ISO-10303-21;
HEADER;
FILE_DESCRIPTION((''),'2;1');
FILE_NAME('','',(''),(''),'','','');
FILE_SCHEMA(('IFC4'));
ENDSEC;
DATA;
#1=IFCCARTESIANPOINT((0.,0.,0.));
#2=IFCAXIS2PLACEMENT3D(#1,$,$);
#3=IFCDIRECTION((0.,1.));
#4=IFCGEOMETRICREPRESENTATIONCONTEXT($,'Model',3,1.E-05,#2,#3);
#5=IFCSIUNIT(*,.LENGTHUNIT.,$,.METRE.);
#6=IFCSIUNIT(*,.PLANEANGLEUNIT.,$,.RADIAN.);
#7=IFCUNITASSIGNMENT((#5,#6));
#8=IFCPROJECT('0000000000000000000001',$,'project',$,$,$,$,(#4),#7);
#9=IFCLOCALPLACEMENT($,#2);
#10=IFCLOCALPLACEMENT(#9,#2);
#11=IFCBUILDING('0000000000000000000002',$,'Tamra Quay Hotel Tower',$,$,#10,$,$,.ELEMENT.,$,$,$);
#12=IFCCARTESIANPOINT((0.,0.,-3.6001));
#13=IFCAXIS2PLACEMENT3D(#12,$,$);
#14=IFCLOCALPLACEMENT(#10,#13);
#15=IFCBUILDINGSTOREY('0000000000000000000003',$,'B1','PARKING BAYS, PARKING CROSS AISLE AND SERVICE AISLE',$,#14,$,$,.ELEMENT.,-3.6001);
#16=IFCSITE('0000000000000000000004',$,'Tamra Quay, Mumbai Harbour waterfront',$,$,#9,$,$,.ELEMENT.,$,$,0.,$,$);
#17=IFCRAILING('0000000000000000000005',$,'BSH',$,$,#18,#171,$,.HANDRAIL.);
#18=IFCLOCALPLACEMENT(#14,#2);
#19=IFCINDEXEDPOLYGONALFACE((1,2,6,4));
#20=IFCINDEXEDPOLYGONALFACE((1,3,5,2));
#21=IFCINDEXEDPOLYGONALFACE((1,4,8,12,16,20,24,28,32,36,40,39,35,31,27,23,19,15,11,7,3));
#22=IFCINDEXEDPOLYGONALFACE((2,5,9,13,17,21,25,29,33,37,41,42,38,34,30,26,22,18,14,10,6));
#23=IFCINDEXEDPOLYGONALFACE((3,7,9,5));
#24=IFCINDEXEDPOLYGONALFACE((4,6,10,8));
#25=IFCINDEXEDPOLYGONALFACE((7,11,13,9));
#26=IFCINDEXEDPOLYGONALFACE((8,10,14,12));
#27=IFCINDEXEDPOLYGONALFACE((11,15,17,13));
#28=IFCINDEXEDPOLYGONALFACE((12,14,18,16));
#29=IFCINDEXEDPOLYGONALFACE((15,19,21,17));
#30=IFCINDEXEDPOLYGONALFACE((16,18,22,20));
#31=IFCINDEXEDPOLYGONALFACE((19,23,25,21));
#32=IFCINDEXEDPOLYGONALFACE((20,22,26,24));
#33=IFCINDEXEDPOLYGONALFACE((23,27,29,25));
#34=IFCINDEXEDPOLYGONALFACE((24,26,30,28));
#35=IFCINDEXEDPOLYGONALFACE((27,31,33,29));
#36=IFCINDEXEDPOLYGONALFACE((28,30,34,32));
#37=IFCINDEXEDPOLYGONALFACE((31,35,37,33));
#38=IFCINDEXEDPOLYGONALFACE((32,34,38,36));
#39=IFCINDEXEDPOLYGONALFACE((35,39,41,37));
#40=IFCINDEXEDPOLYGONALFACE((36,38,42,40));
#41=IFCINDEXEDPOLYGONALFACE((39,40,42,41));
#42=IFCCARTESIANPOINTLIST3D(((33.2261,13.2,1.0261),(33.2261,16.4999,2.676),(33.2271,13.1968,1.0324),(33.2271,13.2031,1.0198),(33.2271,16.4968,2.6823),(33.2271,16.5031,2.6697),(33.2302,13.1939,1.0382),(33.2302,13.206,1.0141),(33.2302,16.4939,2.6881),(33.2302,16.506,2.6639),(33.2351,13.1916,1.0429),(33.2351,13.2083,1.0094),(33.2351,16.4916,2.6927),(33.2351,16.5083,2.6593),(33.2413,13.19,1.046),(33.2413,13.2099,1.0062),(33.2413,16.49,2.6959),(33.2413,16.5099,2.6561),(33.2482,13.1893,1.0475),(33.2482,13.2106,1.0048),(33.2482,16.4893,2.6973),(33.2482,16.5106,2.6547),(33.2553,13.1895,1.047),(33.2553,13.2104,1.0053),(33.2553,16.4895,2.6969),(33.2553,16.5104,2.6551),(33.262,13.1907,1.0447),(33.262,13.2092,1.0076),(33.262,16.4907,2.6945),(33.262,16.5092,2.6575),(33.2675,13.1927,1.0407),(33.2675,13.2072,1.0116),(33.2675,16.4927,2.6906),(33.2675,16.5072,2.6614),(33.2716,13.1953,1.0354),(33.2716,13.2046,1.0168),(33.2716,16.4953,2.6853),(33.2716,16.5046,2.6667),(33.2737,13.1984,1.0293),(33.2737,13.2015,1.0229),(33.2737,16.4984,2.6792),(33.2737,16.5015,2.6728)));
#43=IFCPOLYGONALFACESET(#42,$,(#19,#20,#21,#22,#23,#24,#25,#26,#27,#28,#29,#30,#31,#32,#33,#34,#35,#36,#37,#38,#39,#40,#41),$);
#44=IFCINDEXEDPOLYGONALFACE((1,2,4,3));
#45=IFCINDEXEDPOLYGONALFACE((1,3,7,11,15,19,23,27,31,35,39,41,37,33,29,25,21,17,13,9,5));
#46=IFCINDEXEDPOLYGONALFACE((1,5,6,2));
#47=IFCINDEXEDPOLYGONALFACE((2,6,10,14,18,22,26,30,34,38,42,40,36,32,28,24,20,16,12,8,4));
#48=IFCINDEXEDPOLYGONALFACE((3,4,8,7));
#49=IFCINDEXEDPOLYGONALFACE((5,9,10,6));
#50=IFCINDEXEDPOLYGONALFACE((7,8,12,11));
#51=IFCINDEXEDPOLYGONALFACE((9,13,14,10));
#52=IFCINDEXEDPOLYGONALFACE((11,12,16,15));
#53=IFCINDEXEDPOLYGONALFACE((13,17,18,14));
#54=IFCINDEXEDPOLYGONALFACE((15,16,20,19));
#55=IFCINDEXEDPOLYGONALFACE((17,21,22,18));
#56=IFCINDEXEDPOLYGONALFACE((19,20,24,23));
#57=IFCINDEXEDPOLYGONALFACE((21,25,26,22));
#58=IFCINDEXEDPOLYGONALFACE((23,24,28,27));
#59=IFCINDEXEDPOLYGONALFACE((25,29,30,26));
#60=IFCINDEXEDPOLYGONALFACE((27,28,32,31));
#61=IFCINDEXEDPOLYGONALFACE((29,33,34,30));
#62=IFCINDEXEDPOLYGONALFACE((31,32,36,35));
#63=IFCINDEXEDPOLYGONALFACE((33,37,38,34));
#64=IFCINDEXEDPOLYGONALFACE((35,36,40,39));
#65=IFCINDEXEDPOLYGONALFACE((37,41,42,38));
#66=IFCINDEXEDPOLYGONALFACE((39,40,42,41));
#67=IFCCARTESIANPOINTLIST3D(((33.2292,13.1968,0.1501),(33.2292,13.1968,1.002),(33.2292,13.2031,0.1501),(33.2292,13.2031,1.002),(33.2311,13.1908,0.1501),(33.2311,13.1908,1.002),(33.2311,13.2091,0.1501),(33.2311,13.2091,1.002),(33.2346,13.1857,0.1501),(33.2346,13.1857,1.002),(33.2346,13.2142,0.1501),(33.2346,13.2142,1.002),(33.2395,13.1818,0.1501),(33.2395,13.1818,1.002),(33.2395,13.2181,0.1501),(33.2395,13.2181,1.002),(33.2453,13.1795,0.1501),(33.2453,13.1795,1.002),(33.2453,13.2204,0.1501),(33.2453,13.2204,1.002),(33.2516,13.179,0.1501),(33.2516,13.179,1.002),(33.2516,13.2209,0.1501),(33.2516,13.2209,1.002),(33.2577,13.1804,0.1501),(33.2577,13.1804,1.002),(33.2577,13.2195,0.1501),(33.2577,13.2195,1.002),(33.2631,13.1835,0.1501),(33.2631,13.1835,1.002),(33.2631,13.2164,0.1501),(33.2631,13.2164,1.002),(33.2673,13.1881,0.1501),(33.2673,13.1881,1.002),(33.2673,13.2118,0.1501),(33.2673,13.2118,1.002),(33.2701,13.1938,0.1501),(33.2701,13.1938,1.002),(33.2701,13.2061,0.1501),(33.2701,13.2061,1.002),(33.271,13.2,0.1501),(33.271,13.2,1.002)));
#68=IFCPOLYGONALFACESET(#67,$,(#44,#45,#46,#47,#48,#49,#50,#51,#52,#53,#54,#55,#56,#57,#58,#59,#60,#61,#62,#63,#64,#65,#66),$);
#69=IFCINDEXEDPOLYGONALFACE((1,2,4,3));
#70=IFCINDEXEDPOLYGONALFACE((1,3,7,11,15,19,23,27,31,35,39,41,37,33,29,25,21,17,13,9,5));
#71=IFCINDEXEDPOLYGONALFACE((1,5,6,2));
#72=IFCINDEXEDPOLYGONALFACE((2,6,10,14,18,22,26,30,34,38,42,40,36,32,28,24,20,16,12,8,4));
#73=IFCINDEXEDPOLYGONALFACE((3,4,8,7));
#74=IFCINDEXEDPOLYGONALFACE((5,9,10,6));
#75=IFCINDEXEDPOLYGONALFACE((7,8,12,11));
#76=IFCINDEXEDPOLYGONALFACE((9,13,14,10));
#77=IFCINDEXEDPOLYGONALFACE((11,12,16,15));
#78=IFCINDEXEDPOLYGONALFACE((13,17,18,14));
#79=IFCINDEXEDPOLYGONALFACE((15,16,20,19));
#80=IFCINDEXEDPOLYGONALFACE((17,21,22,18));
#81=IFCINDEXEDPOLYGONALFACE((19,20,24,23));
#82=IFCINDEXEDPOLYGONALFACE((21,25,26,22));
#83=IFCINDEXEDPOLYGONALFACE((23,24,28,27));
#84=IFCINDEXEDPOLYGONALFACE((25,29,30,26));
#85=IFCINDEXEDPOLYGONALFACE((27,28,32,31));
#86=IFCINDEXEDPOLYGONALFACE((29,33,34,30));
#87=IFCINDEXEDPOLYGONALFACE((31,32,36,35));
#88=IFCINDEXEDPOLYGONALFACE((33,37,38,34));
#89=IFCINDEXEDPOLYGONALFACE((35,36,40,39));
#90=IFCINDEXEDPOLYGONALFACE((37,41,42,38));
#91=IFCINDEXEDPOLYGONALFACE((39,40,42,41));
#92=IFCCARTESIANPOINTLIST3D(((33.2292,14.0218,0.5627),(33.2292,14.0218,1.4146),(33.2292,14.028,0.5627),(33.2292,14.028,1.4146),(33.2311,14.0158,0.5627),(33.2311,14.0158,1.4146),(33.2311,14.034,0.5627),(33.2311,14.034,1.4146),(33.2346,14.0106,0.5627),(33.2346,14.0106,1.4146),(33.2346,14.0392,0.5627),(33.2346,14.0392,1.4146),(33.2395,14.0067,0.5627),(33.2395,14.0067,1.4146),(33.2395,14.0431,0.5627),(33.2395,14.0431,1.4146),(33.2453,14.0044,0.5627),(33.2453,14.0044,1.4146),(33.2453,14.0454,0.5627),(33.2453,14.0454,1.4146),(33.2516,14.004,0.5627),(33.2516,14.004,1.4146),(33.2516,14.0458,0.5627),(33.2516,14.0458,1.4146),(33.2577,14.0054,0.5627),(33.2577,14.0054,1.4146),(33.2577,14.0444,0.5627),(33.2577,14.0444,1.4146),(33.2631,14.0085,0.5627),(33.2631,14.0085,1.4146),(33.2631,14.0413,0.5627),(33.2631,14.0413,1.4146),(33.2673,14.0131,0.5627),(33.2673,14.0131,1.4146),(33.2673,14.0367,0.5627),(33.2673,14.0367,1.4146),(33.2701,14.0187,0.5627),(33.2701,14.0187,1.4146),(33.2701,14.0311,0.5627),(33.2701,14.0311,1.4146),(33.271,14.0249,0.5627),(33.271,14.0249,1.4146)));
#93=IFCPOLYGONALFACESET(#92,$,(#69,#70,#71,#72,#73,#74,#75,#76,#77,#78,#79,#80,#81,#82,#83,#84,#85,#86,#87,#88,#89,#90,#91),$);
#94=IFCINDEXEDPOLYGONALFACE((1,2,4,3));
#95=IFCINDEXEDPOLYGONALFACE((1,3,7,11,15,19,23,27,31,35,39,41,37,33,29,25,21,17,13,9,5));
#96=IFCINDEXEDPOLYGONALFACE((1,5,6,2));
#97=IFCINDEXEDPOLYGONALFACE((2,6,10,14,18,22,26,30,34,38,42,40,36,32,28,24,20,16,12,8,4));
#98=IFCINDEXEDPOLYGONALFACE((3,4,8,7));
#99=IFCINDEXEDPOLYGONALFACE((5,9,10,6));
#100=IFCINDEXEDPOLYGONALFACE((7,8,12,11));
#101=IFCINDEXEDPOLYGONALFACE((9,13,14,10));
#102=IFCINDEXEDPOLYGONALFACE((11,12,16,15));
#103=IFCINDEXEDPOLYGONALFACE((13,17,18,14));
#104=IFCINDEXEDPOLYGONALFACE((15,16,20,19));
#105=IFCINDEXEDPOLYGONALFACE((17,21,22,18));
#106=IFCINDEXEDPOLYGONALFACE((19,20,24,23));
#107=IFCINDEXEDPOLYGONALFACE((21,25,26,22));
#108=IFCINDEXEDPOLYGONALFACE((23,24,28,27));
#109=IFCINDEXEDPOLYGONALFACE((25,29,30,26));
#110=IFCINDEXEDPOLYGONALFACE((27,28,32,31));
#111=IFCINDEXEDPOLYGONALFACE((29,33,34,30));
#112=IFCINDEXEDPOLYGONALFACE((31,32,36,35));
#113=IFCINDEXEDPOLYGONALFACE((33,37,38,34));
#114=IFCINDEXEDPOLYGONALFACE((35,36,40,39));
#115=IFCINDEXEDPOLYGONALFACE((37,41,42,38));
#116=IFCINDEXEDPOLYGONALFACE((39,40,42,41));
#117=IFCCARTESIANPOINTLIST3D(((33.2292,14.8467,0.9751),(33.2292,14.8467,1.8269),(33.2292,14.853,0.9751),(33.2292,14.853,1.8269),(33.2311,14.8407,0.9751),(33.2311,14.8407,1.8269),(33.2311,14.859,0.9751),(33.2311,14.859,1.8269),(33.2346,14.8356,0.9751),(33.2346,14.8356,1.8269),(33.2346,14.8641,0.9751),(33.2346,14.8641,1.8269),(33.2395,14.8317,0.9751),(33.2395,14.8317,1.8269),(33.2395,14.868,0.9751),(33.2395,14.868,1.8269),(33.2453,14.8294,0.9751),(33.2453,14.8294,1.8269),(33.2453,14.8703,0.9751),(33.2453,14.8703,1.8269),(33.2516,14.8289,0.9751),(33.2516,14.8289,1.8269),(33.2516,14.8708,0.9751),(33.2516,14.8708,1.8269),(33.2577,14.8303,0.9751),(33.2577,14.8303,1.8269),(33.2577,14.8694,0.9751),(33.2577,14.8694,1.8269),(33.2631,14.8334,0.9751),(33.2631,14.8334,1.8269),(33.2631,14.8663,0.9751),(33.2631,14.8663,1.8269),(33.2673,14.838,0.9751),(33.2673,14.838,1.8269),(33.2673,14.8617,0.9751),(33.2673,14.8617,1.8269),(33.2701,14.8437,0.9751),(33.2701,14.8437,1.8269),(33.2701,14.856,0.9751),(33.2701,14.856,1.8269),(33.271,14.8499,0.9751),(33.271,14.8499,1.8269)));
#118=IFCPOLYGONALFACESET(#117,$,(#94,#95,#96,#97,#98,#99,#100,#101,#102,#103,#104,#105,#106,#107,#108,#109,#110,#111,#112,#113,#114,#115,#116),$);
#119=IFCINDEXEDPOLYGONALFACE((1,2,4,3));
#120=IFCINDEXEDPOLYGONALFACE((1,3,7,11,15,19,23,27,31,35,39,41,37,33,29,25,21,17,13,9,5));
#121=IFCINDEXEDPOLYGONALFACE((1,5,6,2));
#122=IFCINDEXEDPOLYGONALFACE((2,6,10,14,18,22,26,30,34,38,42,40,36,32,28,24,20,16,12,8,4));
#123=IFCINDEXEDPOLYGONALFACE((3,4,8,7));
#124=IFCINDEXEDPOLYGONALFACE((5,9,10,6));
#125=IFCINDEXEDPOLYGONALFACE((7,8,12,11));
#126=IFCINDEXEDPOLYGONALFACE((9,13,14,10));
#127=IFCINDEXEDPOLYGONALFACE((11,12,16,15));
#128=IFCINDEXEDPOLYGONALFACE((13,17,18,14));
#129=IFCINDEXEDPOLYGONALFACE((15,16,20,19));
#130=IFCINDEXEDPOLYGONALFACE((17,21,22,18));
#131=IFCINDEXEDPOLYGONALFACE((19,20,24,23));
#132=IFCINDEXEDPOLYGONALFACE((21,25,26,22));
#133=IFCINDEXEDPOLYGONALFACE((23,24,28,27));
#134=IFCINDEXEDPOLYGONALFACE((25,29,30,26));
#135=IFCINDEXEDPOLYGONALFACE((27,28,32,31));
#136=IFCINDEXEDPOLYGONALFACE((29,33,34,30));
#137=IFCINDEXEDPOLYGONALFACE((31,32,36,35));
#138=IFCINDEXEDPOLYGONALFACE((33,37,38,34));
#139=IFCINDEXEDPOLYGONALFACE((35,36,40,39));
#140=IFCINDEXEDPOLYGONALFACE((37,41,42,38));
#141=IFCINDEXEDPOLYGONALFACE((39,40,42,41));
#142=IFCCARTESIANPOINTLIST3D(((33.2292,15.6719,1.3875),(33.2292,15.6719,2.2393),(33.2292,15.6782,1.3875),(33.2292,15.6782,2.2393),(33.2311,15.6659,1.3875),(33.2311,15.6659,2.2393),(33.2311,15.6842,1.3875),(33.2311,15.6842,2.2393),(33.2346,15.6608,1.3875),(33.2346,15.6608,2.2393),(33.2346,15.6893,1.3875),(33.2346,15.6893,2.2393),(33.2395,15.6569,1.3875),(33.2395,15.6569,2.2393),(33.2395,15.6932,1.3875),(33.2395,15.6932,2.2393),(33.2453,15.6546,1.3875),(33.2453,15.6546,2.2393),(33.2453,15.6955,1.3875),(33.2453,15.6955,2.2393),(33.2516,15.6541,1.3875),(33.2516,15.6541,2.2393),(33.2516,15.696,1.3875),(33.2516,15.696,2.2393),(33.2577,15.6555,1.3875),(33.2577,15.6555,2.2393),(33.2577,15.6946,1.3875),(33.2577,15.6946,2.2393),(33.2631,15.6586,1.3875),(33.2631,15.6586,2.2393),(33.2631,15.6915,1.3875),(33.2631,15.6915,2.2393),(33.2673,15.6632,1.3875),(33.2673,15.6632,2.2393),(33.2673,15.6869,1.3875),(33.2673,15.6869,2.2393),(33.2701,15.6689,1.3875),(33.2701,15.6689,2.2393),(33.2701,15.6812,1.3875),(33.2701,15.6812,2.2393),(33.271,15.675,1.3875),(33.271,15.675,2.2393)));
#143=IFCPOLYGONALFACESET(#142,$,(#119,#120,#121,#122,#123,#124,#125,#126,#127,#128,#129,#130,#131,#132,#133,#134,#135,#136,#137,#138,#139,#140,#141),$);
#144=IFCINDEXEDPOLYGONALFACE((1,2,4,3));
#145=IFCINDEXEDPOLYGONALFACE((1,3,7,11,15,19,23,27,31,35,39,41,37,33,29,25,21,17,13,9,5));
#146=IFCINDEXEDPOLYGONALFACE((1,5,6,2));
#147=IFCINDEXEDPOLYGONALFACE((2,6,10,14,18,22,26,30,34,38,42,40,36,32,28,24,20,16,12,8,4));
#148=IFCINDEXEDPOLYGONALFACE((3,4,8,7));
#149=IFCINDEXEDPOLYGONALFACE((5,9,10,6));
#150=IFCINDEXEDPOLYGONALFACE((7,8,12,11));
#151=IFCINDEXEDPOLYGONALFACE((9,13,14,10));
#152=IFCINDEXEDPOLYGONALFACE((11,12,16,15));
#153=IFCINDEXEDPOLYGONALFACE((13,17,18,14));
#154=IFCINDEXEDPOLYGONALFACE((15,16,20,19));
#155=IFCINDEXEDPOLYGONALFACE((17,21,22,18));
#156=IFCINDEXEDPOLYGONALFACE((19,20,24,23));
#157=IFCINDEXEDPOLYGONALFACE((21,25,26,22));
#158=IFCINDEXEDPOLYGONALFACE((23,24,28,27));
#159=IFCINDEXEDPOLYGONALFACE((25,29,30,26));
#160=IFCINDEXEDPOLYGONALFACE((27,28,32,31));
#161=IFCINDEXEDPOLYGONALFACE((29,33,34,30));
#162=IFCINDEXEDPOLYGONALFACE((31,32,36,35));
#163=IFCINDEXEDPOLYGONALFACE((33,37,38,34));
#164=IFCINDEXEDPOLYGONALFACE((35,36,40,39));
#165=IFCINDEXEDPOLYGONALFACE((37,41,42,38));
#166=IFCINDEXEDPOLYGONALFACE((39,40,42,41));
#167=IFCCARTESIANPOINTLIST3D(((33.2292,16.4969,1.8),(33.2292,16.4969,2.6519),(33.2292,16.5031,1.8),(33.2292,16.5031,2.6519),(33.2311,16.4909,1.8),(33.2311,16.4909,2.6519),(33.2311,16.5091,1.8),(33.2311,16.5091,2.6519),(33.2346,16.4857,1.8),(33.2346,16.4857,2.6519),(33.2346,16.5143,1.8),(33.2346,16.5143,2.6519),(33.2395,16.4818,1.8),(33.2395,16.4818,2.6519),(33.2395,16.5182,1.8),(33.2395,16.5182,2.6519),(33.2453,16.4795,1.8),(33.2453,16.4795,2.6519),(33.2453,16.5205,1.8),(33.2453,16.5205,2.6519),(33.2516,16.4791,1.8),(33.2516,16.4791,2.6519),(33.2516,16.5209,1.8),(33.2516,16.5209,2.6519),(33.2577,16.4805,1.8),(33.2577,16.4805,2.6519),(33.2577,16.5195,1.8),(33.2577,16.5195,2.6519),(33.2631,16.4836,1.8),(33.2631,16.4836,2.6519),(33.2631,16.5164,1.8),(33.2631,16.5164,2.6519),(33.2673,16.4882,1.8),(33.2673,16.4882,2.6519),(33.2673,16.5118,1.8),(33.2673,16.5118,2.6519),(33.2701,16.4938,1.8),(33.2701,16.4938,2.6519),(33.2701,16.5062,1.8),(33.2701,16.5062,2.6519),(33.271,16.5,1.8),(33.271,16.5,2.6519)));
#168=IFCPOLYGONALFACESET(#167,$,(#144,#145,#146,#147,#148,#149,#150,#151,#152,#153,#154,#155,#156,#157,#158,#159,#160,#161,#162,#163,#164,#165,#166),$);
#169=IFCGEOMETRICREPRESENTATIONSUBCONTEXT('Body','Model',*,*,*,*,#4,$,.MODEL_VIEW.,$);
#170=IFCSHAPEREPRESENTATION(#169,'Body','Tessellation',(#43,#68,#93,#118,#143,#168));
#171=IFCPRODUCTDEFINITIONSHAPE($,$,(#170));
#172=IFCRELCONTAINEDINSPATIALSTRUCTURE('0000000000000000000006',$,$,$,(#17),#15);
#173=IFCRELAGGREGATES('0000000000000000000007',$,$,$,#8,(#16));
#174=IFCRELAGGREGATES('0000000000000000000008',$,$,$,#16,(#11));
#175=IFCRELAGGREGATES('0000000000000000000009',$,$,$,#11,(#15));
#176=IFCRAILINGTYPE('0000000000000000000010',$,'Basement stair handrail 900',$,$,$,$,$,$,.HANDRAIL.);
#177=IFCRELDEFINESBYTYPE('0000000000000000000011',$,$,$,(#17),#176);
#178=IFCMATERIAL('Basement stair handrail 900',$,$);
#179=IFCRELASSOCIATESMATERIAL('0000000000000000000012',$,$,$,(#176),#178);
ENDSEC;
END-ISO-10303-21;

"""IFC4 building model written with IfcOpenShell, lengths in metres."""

from ifc_helpers import new_model, si_unit, direction, frame, origin, origin_2d, place, context, subcontext, project, spatial, circle, extrude, material, type_object, element, save


model = new_model("IFC4")

# Units and contexts
model_context = context("Model", 3, precision=1e-05, world=origin(), true_north=direction((0.0, 1.0)))
body_context = subcontext(model_context, "Body", "Model", "MODEL_VIEW")
ifc_project = project(units=[si_unit("LENGTHUNIT", "METRE"), si_unit("PLANEANGLEUNIT", "RADIAN")], contexts=[model_context])

# Site, building, storey
site_placement = place(None, origin())
site = spatial("IfcSite", under=ifc_project, at=site_placement, Name="Tamra Quay, Mumbai Harbour waterfront", CompositionType="ELEMENT", RefElevation=0.0)
building_placement = place(site_placement, origin())
building = spatial("IfcBuilding", under=site, at=building_placement, Name="Tamra Quay Hotel Tower", CompositionType="ELEMENT")
storey_placement = place(building_placement, frame((0.0, 0.0, -3.6001)))
storey = spatial("IfcBuildingStorey", under=building, at=storey_placement, Name="B1", Description="PARKING BAYS, PARKING CROSS AISLE AND SERVICE AISLE", CompositionType="ELEMENT", Elevation=-3.6001)

# Railing
ifc_material_1 = material(Name="Basement stair handrail 900")
railing_type_1 = type_object("IfcRailingType", Name="Basement stair handrail 900", PredefinedType="HANDRAIL", material=ifc_material_1)
railing_1_placement = place(storey_placement, frame((33.25, 13.2, 0.1501)))
element("IfcRailing", 1, at=railing_1_placement, inside=storey, type_object=railing_type_1, Name="BSH", PredefinedType="HANDRAIL", context=body_context, shape_type="SweptSolid", body=[
    extrude(circle(Radius=0.0239, at=origin_2d()), frame((0.0, 0.0, 0.876), z_axis=(0.0, 0.89444, 0.447187), x_axis=(-1.0, 0.0, 0.0)), (0.0, 0.0, 1.0), 3.6895),
    extrude(circle(Radius=0.021, at=origin_2d()), origin(), (0.0, 0.0, 1.0), 0.8518),
    extrude(circle(Radius=0.021, at=origin_2d()), frame((0.0, 0.825, 0.4126)), (0.0, 0.0, 1.0), 0.8518),
    extrude(circle(Radius=0.021, at=origin_2d()), frame((0.0, 1.6499, 0.825)), (0.0, 0.0, 1.0), 0.8518),
    extrude(circle(Radius=0.021, at=origin_2d()), frame((0.0, 2.4751, 1.2373)), (0.0, 0.0, 1.0), 0.8518),
    extrude(circle(Radius=0.021, at=origin_2d()), frame((0.0, 3.3, 1.6499)), (0.0, 0.0, 1.0), 0.8518),
])

save(model, "model.ifc")
